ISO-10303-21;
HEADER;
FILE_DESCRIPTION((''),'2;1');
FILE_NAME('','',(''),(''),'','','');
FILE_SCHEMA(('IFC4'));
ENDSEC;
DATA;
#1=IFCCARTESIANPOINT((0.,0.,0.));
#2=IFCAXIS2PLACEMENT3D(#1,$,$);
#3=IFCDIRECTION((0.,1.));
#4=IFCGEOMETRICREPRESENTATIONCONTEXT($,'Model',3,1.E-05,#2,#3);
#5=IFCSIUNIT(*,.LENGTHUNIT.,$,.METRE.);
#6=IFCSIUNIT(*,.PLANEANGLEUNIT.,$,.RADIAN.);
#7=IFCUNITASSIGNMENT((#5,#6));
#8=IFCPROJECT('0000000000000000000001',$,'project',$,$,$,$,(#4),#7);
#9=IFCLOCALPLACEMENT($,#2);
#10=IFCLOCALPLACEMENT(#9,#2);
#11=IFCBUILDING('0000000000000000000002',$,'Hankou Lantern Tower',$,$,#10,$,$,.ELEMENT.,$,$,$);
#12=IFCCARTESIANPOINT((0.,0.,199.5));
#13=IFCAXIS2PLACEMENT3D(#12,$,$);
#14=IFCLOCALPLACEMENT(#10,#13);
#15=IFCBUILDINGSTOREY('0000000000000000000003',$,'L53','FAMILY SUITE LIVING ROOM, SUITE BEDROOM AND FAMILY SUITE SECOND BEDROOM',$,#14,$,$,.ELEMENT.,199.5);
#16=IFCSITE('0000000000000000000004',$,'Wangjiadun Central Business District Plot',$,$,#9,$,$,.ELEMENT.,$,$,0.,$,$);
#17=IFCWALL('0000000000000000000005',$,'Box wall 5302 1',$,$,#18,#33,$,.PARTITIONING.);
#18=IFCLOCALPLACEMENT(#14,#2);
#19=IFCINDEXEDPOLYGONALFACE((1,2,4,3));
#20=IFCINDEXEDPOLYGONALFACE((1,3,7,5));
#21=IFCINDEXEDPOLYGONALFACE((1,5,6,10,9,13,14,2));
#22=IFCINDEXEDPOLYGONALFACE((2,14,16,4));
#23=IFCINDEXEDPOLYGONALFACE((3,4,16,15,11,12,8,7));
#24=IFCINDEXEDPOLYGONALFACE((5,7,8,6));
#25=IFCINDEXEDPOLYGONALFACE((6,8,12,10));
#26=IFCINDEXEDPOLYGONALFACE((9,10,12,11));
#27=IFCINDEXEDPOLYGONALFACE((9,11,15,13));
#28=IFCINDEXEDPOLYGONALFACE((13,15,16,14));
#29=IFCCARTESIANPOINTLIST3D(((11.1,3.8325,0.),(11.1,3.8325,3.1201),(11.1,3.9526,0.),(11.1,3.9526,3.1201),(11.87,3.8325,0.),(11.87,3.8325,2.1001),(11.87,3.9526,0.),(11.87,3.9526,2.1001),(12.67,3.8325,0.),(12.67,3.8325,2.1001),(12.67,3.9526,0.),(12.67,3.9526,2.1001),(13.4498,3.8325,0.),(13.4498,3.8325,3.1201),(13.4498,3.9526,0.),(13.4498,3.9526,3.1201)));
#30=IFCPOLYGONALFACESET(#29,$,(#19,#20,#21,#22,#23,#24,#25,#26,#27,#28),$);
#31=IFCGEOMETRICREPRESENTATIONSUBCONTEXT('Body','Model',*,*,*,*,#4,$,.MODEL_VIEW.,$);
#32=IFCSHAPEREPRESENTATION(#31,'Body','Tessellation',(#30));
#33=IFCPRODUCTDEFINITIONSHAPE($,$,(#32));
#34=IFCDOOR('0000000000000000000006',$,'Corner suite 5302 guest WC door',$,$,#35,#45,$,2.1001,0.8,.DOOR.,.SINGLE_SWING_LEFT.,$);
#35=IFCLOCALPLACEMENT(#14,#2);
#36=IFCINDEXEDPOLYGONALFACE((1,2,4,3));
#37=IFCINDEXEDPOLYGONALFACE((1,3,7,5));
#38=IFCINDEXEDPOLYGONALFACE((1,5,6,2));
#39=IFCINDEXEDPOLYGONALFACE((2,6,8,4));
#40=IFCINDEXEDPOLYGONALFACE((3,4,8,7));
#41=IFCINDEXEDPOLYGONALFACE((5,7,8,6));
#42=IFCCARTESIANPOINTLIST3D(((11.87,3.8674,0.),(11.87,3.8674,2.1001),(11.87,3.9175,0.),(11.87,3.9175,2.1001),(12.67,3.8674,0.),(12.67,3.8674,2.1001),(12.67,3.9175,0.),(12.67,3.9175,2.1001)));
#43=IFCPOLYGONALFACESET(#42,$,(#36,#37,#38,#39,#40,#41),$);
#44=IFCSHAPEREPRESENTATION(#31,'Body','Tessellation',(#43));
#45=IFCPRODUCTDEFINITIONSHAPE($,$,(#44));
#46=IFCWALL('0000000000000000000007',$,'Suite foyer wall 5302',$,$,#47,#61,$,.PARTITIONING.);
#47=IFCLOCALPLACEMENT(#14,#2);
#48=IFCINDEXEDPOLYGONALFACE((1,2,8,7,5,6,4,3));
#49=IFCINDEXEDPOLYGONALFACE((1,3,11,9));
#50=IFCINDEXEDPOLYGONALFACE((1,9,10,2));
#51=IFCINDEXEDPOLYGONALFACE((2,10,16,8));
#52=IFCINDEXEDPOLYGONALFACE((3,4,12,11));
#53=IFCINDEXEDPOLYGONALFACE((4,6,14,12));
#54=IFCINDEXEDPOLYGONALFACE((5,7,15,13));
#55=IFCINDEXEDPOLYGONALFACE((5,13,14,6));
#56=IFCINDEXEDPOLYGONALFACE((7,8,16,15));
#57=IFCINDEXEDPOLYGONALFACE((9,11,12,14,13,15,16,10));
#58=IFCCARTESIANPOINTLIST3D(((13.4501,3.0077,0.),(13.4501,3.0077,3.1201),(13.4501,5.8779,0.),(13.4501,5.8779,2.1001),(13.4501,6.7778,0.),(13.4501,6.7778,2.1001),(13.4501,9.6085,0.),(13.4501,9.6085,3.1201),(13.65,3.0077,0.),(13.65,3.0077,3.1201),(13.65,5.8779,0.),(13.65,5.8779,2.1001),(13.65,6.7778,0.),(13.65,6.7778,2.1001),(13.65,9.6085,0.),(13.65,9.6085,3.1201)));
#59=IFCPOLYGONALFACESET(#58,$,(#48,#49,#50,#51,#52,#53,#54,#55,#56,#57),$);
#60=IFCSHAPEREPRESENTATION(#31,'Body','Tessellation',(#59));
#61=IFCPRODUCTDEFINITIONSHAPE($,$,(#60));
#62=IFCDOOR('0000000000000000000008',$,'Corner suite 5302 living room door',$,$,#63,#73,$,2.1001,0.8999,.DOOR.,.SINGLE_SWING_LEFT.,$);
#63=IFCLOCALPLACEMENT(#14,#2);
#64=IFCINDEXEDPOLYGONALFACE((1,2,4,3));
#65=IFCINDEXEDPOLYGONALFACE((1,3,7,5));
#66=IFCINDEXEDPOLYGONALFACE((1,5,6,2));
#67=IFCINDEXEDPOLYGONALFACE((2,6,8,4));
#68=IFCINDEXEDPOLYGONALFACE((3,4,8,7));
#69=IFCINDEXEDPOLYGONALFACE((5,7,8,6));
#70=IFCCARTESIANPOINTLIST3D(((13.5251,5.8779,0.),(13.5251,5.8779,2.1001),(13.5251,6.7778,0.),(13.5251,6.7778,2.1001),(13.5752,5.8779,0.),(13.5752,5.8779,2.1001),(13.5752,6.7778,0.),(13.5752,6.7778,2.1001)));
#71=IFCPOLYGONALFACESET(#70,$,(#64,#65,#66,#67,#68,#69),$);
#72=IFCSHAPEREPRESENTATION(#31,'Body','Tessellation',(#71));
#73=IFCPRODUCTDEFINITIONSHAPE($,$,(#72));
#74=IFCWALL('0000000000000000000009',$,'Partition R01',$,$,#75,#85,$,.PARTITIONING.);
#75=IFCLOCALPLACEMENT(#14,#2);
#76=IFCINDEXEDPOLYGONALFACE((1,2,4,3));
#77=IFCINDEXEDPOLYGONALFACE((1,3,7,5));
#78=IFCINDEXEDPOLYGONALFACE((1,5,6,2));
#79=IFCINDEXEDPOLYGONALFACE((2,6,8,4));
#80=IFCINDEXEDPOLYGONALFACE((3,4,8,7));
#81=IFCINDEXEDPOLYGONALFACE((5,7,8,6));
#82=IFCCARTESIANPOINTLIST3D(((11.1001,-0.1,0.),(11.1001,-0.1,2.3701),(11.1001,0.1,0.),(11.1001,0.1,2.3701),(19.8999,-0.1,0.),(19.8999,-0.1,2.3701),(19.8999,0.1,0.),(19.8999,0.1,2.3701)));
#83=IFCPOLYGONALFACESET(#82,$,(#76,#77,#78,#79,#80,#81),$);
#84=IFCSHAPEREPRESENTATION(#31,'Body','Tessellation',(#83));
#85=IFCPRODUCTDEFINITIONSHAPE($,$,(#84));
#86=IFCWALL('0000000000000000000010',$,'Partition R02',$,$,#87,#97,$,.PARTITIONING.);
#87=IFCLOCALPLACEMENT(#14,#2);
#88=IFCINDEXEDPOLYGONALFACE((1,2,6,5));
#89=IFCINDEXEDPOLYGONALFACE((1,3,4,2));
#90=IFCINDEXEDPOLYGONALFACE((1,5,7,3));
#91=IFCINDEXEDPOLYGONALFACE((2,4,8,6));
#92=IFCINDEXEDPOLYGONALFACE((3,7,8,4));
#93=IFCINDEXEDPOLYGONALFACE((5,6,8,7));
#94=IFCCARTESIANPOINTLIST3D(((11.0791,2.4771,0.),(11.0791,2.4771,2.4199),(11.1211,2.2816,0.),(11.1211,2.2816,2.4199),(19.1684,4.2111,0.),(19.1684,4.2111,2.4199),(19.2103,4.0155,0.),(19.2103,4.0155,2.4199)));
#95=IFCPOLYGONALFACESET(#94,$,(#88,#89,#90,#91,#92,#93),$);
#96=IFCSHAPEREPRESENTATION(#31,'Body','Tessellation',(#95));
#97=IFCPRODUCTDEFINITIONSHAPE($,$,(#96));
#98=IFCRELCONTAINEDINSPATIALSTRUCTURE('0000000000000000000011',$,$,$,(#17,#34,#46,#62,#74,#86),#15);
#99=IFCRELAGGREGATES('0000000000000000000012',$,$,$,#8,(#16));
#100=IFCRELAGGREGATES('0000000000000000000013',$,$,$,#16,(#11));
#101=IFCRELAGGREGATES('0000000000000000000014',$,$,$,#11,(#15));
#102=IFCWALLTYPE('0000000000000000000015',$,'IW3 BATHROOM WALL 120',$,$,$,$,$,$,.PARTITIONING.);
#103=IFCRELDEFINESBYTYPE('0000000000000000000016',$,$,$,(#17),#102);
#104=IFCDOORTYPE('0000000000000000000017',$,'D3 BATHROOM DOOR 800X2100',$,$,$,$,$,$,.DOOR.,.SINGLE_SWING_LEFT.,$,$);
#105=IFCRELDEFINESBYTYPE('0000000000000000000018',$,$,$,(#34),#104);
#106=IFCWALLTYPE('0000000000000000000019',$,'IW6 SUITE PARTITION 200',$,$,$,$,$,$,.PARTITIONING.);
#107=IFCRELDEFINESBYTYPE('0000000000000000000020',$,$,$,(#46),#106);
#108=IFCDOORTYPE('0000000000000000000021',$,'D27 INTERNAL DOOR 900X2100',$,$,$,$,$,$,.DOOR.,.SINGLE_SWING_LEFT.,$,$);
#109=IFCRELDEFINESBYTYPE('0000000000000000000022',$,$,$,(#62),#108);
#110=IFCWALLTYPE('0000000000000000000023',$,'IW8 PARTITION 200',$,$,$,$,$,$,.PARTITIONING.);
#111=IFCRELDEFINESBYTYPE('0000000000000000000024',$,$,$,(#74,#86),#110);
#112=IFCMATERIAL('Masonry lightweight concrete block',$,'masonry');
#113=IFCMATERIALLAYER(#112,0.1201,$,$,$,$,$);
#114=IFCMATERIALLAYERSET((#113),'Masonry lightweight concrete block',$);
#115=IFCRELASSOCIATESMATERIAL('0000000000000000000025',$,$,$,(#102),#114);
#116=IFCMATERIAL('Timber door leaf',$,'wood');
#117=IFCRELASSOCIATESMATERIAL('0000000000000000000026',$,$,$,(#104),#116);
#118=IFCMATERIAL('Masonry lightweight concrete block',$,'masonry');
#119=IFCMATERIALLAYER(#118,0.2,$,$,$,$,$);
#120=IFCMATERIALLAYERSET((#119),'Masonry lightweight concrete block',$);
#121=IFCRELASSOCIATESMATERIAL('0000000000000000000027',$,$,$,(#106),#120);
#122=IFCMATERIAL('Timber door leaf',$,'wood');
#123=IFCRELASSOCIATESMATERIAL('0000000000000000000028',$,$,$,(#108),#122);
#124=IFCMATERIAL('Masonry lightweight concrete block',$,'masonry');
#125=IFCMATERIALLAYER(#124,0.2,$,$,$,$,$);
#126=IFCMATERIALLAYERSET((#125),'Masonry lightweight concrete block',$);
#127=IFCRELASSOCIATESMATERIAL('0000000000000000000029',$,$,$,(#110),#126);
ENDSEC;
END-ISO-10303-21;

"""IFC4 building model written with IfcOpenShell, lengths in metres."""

from ifc_helpers import new_model, si_unit, direction, frame, frame_2d, origin, place, context, subcontext, project, spatial, rectangle, extrude, material, layer, layer_set, type_object, element, fill, save


model = new_model("IFC4")

# Units and contexts
model_context = context("Model", 3, precision=1e-05, world=origin(), true_north=direction((0.0, 1.0)))
body_context = subcontext(model_context, "Body", "Model", "MODEL_VIEW")
ifc_project = project(units=[si_unit("LENGTHUNIT", "METRE"), si_unit("PLANEANGLEUNIT", "RADIAN")], contexts=[model_context])

# Site, building, storey
site_placement = place(None, origin())
site = spatial("IfcSite", under=ifc_project, at=site_placement, Name="Wangjiadun Central Business District Plot", CompositionType="ELEMENT", RefElevation=0.0)
building_placement = place(site_placement, origin())
building = spatial("IfcBuilding", under=site, at=building_placement, Name="Hankou Lantern Tower", CompositionType="ELEMENT")
storey_placement = place(building_placement, frame((0.0, 0.0, 199.5)))
storey = spatial("IfcBuildingStorey", under=building, at=storey_placement, Name="L53", Description="FAMILY SUITE LIVING ROOM, SUITE BEDROOM AND FAMILY SUITE SECOND BEDROOM", CompositionType="ELEMENT", Elevation=199.5)

# Walls, openings, doors
ifc_material_1 = material(Name="Masonry lightweight concrete block", Category="masonry")
ifc_layer_1 = layer(ifc_material_1, 0.1201)
ifc_layer_set_1 = layer_set([ifc_layer_1], Name="Masonry lightweight concrete block")
wall_type_1 = type_object("IfcWallType", Name="IW3 BATHROOM WALL 120", PredefinedType="PARTITIONING", material=ifc_layer_set_1)
wall_1_placement = place(storey_placement, frame((11.1001, 3.8926, 0.0), z_axis=(0.0, 0.0, 1.0), x_axis=(1.0, 0.0, 0.0)))
wall_1 = element("IfcWall", 1, at=wall_1_placement, inside=storey, type_object=wall_type_1, Name="Box wall 5302 1", PredefinedType="PARTITIONING", context=body_context, shape_type="SweptSolid", body=[
    extrude(rectangle(XDim=2.3499, YDim=0.1201, at=frame_2d((1.1748, 0.0))), origin(), (0.0, 0.0, 1.0), 3.1201),
])
opening_1_placement = place(wall_1_placement, frame((0.77, 0.0, 0.0)))
opening_1 = element("IfcOpeningElement", 2, at=opening_1_placement, cuts=wall_1, PredefinedType="OPENING", context=body_context, shape_type="SweptSolid", body=[
    extrude(rectangle(XDim=0.8, YDim=2.1001, at=frame_2d((0.3999, 1.05))), frame((0.0, 0.0701, 0.0), z_axis=(0.0, -1.0, 0.0), x_axis=(1.0, 0.0, 0.0)), (0.0, 0.0, 1.0), 0.1401),
])
ifc_material_2 = material(Name="Timber door leaf", Category="wood")
door_type_1 = type_object("IfcDoorType", Name="D3 BATHROOM DOOR 800X2100", OperationType="SINGLE_SWING_LEFT", PredefinedType="DOOR", material=ifc_material_2)
door_1_placement = place(opening_1_placement, origin())
door_1 = element("IfcDoor", 3, at=door_1_placement, inside=storey, type_object=door_type_1, Name="Corner suite 5302 guest WC door", OperationType="SINGLE_SWING_LEFT", OverallHeight=2.1001, OverallWidth=0.8, PredefinedType="DOOR", context=body_context, shape_type="SweptSolid", body=[
    extrude(rectangle(XDim=0.8, YDim=2.1001, at=frame_2d((0.3999, 1.05))), frame((0.0, 0.0249, 0.0), z_axis=(0.0, -1.0, 0.0), x_axis=(1.0, 0.0, 0.0)), (0.0, 0.0, 1.0), 0.05),
])
fill(opening_1, door_1)
ifc_material_3 = material(Name="Masonry lightweight concrete block", Category="masonry")
ifc_layer_2 = layer(ifc_material_3, 0.2)
ifc_layer_set_2 = layer_set([ifc_layer_2], Name="Masonry lightweight concrete block")
wall_type_2 = type_object("IfcWallType", Name="IW6 SUITE PARTITION 200", PredefinedType="PARTITIONING", material=ifc_layer_set_2)
wall_2_placement = place(storey_placement, frame((13.55, 3.0078, 0.0), z_axis=(0.0, 0.0, 1.0), x_axis=(0.0, 1.0, 0.0)))
wall_2 = element("IfcWall", 4, at=wall_2_placement, inside=storey, type_object=wall_type_2, Name="Suite foyer wall 5302", PredefinedType="PARTITIONING", context=body_context, shape_type="SweptSolid", body=[
    extrude(rectangle(XDim=6.6008, YDim=0.2, at=frame_2d((3.3003, 0.0))), origin(), (0.0, 0.0, 1.0), 3.1201),
])
opening_2_placement = place(wall_2_placement, frame((2.8701, 0.0, 0.0)))
opening_2 = element("IfcOpeningElement", 5, at=opening_2_placement, cuts=wall_2, PredefinedType="OPENING", context=body_context, shape_type="SweptSolid", body=[
    extrude(rectangle(XDim=0.8999, YDim=2.1001, at=frame_2d((0.45, 1.05))), frame((0.0, 0.1099, 0.0), z_axis=(0.0, -1.0, 0.0), x_axis=(1.0, 0.0, 0.0)), (0.0, 0.0, 1.0), 0.22),
])
ifc_material_4 = material(Name="Timber door leaf", Category="wood")
door_type_2 = type_object("IfcDoorType", Name="D27 INTERNAL DOOR 900X2100", OperationType="SINGLE_SWING_LEFT", PredefinedType="DOOR", material=ifc_material_4)
door_2_placement = place(opening_2_placement, origin())
door_2 = element("IfcDoor", 6, at=door_2_placement, inside=storey, type_object=door_type_2, Name="Corner suite 5302 living room door", OperationType="SINGLE_SWING_LEFT", OverallHeight=2.1001, OverallWidth=0.8999, PredefinedType="DOOR", context=body_context, shape_type="SweptSolid", body=[
    extrude(rectangle(XDim=0.8999, YDim=2.1001, at=frame_2d((0.45, 1.05))), frame((0.0, 0.0249, 0.0), z_axis=(0.0, -1.0, 0.0), x_axis=(1.0, 0.0, 0.0)), (0.0, 0.0, 1.0), 0.05),
])
fill(opening_2, door_2)

# Walls
ifc_material_5 = material(Name="Masonry lightweight concrete block", Category="masonry")
ifc_layer_3 = layer(ifc_material_5, 0.2)
ifc_layer_set_3 = layer_set([ifc_layer_3], Name="Masonry lightweight concrete block")
wall_type_3 = type_object("IfcWallType", Name="IW8 PARTITION 200", PredefinedType="PARTITIONING", material=ifc_layer_set_3)
wall_3_placement = place(storey_placement, frame((11.1001, 0.0, 0.0), z_axis=(0.0, 0.0, 1.0), x_axis=(1.0, 0.0, 0.0)))
element("IfcWall", 7, at=wall_3_placement, inside=storey, type_object=wall_type_3, Name="Partition R01", PredefinedType="PARTITIONING", context=body_context, shape_type="SweptSolid", body=[
    extrude(rectangle(XDim=8.7998, YDim=0.2, at=frame_2d((4.3999, 0.0))), origin(), (0.0, 0.0, 1.0), 2.3701),
])
wall_4_placement = place(storey_placement, frame((11.1001, 2.3794, 0.0), z_axis=(0.0, 0.0, 1.0), x_axis=(0.97779, 0.209588, 0.0)))
element("IfcWall", 8, at=wall_4_placement, inside=storey, type_object=wall_type_3, Name="Partition R02", PredefinedType="PARTITIONING", context=body_context, shape_type="SweptSolid", body=[
    extrude(rectangle(XDim=8.2729, YDim=0.2, at=frame_2d((4.1365, 0.0))), origin(), (0.0, 0.0, 1.0), 2.4199),
])

save(model, "model.ifc")
